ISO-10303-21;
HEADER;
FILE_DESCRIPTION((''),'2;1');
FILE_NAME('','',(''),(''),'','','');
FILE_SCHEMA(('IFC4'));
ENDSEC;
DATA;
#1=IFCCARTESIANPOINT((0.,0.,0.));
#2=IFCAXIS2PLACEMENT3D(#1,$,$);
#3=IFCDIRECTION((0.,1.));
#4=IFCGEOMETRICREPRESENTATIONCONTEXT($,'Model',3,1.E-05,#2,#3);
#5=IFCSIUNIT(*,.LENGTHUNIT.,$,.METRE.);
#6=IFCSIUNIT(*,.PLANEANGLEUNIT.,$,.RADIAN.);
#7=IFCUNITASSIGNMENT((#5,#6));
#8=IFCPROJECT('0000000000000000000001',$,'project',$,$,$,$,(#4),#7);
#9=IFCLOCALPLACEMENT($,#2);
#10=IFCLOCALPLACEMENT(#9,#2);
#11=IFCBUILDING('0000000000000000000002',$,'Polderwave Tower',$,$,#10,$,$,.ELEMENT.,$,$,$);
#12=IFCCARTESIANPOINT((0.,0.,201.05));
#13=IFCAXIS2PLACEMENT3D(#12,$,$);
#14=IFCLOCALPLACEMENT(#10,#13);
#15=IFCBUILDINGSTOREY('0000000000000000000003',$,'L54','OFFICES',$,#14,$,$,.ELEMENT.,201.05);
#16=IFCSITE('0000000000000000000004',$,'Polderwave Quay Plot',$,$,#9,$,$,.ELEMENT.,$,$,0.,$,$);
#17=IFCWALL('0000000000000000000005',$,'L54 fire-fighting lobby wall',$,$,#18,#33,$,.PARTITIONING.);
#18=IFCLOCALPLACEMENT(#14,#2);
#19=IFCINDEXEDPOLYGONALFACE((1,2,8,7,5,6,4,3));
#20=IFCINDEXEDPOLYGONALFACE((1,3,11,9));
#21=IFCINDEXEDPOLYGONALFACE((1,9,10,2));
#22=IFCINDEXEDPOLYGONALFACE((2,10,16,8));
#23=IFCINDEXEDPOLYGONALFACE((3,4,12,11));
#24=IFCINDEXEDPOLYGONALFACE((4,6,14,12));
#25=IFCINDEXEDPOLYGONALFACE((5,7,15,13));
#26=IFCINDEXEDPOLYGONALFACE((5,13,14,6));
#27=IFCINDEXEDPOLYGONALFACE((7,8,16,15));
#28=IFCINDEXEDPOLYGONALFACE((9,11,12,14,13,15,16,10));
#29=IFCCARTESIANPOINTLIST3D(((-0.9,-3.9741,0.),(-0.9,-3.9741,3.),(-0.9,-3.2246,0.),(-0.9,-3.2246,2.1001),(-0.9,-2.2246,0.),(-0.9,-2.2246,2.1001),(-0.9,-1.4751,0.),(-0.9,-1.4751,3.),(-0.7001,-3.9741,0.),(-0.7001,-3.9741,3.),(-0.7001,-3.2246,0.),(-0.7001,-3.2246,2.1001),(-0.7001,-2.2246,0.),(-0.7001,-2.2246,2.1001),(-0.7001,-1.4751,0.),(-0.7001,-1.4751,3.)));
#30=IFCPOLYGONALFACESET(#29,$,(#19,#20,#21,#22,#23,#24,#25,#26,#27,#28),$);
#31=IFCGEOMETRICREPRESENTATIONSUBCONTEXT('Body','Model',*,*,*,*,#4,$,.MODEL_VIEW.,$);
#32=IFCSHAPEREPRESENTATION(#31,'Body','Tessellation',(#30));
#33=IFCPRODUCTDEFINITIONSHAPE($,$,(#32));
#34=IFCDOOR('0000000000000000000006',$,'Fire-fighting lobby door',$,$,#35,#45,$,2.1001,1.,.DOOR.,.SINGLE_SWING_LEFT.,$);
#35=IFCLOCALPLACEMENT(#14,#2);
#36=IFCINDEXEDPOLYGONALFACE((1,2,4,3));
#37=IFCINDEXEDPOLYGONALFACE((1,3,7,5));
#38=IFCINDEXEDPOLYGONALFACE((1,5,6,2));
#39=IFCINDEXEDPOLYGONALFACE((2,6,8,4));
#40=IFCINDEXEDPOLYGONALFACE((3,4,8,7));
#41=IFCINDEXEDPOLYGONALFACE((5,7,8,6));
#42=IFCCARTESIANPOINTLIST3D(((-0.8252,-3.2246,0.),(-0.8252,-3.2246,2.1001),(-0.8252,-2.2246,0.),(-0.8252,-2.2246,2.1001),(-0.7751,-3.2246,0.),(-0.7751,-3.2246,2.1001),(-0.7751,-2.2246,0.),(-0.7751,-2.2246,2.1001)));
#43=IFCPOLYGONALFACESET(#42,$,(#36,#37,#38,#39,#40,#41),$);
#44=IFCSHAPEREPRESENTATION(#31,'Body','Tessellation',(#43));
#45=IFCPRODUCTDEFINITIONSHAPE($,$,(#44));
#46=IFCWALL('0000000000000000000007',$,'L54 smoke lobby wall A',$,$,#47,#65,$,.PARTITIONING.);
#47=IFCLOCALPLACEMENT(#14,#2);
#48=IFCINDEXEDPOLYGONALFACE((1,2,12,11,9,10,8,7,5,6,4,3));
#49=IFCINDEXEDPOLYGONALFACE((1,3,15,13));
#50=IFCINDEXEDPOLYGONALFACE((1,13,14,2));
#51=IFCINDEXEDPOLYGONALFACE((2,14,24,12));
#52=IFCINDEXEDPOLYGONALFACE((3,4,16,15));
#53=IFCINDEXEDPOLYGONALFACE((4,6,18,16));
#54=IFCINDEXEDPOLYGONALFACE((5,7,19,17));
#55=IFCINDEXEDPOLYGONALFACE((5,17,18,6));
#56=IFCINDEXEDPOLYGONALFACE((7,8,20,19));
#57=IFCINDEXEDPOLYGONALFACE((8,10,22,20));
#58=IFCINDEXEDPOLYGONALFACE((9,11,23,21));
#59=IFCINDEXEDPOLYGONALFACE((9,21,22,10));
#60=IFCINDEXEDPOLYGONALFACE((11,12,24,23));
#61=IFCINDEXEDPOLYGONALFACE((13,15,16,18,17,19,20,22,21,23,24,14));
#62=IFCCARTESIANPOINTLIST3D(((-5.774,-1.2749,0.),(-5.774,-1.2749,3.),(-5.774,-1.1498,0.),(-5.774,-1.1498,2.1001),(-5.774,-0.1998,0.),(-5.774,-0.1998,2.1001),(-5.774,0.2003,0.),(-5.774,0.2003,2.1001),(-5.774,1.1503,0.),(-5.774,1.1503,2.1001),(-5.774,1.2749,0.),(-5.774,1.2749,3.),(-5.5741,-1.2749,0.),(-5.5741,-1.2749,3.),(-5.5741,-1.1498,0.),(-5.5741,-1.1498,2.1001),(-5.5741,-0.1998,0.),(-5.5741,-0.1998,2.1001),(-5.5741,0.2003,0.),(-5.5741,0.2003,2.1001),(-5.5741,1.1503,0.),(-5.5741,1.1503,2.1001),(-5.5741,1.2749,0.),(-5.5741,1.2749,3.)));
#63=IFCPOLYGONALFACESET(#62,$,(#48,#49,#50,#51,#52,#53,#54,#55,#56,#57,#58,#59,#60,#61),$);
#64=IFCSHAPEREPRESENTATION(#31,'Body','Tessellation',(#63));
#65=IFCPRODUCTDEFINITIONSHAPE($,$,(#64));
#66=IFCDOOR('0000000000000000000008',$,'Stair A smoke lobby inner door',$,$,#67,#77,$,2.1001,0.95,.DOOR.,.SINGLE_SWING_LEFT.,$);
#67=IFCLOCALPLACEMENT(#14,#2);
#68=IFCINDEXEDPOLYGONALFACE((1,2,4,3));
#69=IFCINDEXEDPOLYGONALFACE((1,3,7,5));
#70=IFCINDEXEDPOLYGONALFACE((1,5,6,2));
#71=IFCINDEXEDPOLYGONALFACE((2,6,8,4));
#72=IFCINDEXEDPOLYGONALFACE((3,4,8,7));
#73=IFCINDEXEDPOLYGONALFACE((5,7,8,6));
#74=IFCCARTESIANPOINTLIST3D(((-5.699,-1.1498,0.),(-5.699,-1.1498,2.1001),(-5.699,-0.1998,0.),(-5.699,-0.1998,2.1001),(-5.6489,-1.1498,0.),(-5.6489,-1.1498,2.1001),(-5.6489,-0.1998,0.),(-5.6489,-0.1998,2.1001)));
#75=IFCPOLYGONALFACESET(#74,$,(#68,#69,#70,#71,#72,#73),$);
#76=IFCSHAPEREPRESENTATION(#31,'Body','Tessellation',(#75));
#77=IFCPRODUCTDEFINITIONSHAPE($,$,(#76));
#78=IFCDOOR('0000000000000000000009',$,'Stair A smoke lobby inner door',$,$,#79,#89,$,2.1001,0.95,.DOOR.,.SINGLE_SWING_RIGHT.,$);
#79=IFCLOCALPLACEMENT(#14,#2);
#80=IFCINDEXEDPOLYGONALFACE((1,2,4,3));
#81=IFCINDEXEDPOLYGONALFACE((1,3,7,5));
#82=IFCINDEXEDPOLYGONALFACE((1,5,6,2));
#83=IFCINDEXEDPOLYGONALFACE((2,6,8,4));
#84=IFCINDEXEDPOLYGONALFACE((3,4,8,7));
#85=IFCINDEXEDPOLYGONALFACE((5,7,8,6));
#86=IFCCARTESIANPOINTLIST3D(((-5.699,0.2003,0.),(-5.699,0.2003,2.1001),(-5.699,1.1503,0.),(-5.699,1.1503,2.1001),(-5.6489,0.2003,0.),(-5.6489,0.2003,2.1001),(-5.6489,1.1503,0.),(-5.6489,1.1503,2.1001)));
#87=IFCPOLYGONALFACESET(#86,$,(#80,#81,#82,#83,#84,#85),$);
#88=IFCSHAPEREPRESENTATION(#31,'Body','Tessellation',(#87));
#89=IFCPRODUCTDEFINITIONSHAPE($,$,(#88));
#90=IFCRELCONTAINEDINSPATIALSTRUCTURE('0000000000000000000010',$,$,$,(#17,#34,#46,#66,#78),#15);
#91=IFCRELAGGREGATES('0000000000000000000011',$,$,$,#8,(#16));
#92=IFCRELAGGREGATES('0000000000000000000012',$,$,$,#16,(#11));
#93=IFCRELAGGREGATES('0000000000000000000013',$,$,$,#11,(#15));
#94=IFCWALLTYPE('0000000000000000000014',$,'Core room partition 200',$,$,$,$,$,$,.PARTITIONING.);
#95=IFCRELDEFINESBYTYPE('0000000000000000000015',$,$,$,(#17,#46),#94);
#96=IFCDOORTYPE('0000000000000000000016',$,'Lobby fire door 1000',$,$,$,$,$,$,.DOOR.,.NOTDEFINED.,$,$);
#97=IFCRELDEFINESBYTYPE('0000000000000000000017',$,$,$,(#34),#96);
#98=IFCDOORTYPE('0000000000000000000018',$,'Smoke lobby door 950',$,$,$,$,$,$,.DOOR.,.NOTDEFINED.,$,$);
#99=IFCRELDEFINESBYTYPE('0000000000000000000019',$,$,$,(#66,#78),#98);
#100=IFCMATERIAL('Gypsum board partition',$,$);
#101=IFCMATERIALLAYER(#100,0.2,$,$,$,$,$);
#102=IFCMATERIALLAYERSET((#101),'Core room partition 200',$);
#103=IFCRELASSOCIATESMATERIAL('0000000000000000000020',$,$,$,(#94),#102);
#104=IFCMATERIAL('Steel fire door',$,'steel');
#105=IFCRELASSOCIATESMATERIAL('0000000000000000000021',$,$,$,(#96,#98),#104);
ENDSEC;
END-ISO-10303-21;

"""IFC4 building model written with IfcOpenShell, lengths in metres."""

from ifc_helpers import new_model, si_unit, direction, frame, frame_2d, origin, place, context, subcontext, project, spatial, rectangle, extrude, material, layer, layer_set, type_object, element, fill, save


model = new_model("IFC4")

# Units and contexts
model_context = context("Model", 3, precision=1e-05, world=origin(), true_north=direction((0.0, 1.0)))
body_context = subcontext(model_context, "Body", "Model", "MODEL_VIEW")
ifc_project = project(units=[si_unit("LENGTHUNIT", "METRE"), si_unit("PLANEANGLEUNIT", "RADIAN")], contexts=[model_context])

# Site, building, storey
site_placement = place(None, origin())
site = spatial("IfcSite", under=ifc_project, at=site_placement, Name="Polderwave Quay Plot", CompositionType="ELEMENT", RefElevation=0.0)
building_placement = place(site_placement, origin())
building = spatial("IfcBuilding", under=site, at=building_placement, Name="Polderwave Tower", CompositionType="ELEMENT")
storey_placement = place(building_placement, frame((0.0, 0.0, 201.05)))
storey = spatial("IfcBuildingStorey", under=building, at=storey_placement, Name="L54", Description="OFFICES", CompositionType="ELEMENT", Elevation=201.05)

# Wall, opening, door
ifc_material_1 = material(Name="Gypsum board partition")
ifc_layer_1 = layer(ifc_material_1, 0.2)
ifc_layer_set_1 = layer_set([ifc_layer_1], Name="Core room partition 200")
wall_type_1 = type_object("IfcWallType", Name="Core room partition 200", PredefinedType="PARTITIONING", material=ifc_layer_set_1)
wall_1_placement = place(storey_placement, frame((-0.8, -3.9741, 0.0), z_axis=(0.0, 0.0, 1.0), x_axis=(0.0, 1.0, 0.0)))
wall_1 = element("IfcWall", 1, at=wall_1_placement, inside=storey, type_object=wall_type_1, Name="L54 fire-fighting lobby wall", PredefinedType="PARTITIONING", context=body_context, shape_type="SweptSolid", body=[
    extrude(rectangle(XDim=2.499, YDim=0.2, at=frame_2d((1.2495, 0.0))), origin(), (0.0, 0.0, 1.0), 3.0),
])
opening_1_placement = place(wall_1_placement, frame((0.7495, 0.0, 0.0)))
opening_1 = element("IfcOpeningElement", 2, at=opening_1_placement, cuts=wall_1, PredefinedType="OPENING", context=body_context, shape_type="SweptSolid", body=[
    extrude(rectangle(XDim=1.0, YDim=2.1001, at=frame_2d((0.5, 1.05))), frame((0.0, 0.1099, 0.0), z_axis=(0.0, -1.0, 0.0), x_axis=(1.0, 0.0, 0.0)), (0.0, 0.0, 1.0), 0.22),
])
ifc_material_2 = material(Name="Steel fire door", Category="steel")
door_type_1 = type_object("IfcDoorType", Name="Lobby fire door 1000", OperationType="NOTDEFINED", PredefinedType="DOOR", material=ifc_material_2)
door_1_placement = place(opening_1_placement, frame((1.0, 0.0, 0.0), z_axis=(0.0, 0.0, 1.0), x_axis=(-1.0, 0.0, 0.0)))
door_1 = element("IfcDoor", 3, at=door_1_placement, inside=storey, type_object=door_type_1, Name="Fire-fighting lobby door", OperationType="SINGLE_SWING_LEFT", OverallHeight=2.1001, OverallWidth=1.0, PredefinedType="DOOR", context=body_context, shape_type="SweptSolid", body=[
    extrude(rectangle(XDim=1.0, YDim=2.1001, at=frame_2d((0.5, 1.05))), frame((0.0, 0.0249, 0.0), z_axis=(0.0, -1.0, 0.0), x_axis=(1.0, 0.0, 0.0)), (0.0, 0.0, 1.0), 0.05),
])
fill(opening_1, door_1)

# Wall, openings, doors
wall_2_placement = place(storey_placement, frame((-5.6741, -1.2749, 0.0), z_axis=(0.0, 0.0, 1.0), x_axis=(0.0, 1.0, 0.0)))
wall_2 = element("IfcWall", 4, at=wall_2_placement, inside=storey, type_object=wall_type_1, Name="L54 smoke lobby wall A", PredefinedType="PARTITIONING", context=body_context, shape_type="SweptSolid", body=[
    extrude(rectangle(XDim=2.5498, YDim=0.2, at=frame_2d((1.2749, 0.0))), origin(), (0.0, 0.0, 1.0), 3.0),
])
opening_2_placement = place(wall_2_placement, frame((0.125, 0.0, 0.0)))
opening_2 = element("IfcOpeningElement", 5, at=opening_2_placement, cuts=wall_2, PredefinedType="OPENING", context=body_context, shape_type="SweptSolid", body=[
    extrude(rectangle(XDim=0.95, YDim=2.1001, at=frame_2d((0.4751, 1.05))), frame((0.0, 0.1099, 0.0), z_axis=(0.0, -1.0, 0.0), x_axis=(1.0, 0.0, 0.0)), (0.0, 0.0, 1.0), 0.22),
])
opening_3_placement = place(wall_2_placement, frame((1.4751, 0.0, 0.0)))
opening_3 = element("IfcOpeningElement", 6, at=opening_3_placement, cuts=wall_2, PredefinedType="OPENING", context=body_context, shape_type="SweptSolid", body=[
    extrude(rectangle(XDim=0.95, YDim=2.1001, at=frame_2d((0.4751, 1.05))), frame((0.0, 0.1099, 0.0), z_axis=(0.0, -1.0, 0.0), x_axis=(1.0, 0.0, 0.0)), (0.0, 0.0, 1.0), 0.22),
])
door_type_2 = type_object("IfcDoorType", Name="Smoke lobby door 950", OperationType="NOTDEFINED", PredefinedType="DOOR", material=ifc_material_2)
door_2_placement = place(opening_2_placement, origin())
door_2 = element("IfcDoor", 7, at=door_2_placement, inside=storey, type_object=door_type_2, Name="Stair A smoke lobby inner door", OperationType="SINGLE_SWING_LEFT", OverallHeight=2.1001, OverallWidth=0.95, PredefinedType="DOOR", context=body_context, shape_type="SweptSolid", body=[
    extrude(rectangle(XDim=0.95, YDim=2.1001, at=frame_2d((0.4751, 1.05))), frame((0.0, 0.0249, 0.0), z_axis=(0.0, -1.0, 0.0), x_axis=(1.0, 0.0, 0.0)), (0.0, 0.0, 1.0), 0.05),
])
fill(opening_2, door_2)
door_3_placement = place(opening_3_placement, origin())
door_3 = element("IfcDoor", 8, at=door_3_placement, inside=storey, type_object=door_type_2, Name="Stair A smoke lobby inner door", OperationType="SINGLE_SWING_RIGHT", OverallHeight=2.1001, OverallWidth=0.95, PredefinedType="DOOR", context=body_context, shape_type="SweptSolid", body=[
    extrude(rectangle(XDim=0.95, YDim=2.1001, at=frame_2d((0.4751, 1.05))), frame((0.0, 0.0249, 0.0), z_axis=(0.0, -1.0, 0.0), x_axis=(1.0, 0.0, 0.0)), (0.0, 0.0, 1.0), 0.05),
])
fill(opening_3, door_3)

save(model, "model.ifc")
